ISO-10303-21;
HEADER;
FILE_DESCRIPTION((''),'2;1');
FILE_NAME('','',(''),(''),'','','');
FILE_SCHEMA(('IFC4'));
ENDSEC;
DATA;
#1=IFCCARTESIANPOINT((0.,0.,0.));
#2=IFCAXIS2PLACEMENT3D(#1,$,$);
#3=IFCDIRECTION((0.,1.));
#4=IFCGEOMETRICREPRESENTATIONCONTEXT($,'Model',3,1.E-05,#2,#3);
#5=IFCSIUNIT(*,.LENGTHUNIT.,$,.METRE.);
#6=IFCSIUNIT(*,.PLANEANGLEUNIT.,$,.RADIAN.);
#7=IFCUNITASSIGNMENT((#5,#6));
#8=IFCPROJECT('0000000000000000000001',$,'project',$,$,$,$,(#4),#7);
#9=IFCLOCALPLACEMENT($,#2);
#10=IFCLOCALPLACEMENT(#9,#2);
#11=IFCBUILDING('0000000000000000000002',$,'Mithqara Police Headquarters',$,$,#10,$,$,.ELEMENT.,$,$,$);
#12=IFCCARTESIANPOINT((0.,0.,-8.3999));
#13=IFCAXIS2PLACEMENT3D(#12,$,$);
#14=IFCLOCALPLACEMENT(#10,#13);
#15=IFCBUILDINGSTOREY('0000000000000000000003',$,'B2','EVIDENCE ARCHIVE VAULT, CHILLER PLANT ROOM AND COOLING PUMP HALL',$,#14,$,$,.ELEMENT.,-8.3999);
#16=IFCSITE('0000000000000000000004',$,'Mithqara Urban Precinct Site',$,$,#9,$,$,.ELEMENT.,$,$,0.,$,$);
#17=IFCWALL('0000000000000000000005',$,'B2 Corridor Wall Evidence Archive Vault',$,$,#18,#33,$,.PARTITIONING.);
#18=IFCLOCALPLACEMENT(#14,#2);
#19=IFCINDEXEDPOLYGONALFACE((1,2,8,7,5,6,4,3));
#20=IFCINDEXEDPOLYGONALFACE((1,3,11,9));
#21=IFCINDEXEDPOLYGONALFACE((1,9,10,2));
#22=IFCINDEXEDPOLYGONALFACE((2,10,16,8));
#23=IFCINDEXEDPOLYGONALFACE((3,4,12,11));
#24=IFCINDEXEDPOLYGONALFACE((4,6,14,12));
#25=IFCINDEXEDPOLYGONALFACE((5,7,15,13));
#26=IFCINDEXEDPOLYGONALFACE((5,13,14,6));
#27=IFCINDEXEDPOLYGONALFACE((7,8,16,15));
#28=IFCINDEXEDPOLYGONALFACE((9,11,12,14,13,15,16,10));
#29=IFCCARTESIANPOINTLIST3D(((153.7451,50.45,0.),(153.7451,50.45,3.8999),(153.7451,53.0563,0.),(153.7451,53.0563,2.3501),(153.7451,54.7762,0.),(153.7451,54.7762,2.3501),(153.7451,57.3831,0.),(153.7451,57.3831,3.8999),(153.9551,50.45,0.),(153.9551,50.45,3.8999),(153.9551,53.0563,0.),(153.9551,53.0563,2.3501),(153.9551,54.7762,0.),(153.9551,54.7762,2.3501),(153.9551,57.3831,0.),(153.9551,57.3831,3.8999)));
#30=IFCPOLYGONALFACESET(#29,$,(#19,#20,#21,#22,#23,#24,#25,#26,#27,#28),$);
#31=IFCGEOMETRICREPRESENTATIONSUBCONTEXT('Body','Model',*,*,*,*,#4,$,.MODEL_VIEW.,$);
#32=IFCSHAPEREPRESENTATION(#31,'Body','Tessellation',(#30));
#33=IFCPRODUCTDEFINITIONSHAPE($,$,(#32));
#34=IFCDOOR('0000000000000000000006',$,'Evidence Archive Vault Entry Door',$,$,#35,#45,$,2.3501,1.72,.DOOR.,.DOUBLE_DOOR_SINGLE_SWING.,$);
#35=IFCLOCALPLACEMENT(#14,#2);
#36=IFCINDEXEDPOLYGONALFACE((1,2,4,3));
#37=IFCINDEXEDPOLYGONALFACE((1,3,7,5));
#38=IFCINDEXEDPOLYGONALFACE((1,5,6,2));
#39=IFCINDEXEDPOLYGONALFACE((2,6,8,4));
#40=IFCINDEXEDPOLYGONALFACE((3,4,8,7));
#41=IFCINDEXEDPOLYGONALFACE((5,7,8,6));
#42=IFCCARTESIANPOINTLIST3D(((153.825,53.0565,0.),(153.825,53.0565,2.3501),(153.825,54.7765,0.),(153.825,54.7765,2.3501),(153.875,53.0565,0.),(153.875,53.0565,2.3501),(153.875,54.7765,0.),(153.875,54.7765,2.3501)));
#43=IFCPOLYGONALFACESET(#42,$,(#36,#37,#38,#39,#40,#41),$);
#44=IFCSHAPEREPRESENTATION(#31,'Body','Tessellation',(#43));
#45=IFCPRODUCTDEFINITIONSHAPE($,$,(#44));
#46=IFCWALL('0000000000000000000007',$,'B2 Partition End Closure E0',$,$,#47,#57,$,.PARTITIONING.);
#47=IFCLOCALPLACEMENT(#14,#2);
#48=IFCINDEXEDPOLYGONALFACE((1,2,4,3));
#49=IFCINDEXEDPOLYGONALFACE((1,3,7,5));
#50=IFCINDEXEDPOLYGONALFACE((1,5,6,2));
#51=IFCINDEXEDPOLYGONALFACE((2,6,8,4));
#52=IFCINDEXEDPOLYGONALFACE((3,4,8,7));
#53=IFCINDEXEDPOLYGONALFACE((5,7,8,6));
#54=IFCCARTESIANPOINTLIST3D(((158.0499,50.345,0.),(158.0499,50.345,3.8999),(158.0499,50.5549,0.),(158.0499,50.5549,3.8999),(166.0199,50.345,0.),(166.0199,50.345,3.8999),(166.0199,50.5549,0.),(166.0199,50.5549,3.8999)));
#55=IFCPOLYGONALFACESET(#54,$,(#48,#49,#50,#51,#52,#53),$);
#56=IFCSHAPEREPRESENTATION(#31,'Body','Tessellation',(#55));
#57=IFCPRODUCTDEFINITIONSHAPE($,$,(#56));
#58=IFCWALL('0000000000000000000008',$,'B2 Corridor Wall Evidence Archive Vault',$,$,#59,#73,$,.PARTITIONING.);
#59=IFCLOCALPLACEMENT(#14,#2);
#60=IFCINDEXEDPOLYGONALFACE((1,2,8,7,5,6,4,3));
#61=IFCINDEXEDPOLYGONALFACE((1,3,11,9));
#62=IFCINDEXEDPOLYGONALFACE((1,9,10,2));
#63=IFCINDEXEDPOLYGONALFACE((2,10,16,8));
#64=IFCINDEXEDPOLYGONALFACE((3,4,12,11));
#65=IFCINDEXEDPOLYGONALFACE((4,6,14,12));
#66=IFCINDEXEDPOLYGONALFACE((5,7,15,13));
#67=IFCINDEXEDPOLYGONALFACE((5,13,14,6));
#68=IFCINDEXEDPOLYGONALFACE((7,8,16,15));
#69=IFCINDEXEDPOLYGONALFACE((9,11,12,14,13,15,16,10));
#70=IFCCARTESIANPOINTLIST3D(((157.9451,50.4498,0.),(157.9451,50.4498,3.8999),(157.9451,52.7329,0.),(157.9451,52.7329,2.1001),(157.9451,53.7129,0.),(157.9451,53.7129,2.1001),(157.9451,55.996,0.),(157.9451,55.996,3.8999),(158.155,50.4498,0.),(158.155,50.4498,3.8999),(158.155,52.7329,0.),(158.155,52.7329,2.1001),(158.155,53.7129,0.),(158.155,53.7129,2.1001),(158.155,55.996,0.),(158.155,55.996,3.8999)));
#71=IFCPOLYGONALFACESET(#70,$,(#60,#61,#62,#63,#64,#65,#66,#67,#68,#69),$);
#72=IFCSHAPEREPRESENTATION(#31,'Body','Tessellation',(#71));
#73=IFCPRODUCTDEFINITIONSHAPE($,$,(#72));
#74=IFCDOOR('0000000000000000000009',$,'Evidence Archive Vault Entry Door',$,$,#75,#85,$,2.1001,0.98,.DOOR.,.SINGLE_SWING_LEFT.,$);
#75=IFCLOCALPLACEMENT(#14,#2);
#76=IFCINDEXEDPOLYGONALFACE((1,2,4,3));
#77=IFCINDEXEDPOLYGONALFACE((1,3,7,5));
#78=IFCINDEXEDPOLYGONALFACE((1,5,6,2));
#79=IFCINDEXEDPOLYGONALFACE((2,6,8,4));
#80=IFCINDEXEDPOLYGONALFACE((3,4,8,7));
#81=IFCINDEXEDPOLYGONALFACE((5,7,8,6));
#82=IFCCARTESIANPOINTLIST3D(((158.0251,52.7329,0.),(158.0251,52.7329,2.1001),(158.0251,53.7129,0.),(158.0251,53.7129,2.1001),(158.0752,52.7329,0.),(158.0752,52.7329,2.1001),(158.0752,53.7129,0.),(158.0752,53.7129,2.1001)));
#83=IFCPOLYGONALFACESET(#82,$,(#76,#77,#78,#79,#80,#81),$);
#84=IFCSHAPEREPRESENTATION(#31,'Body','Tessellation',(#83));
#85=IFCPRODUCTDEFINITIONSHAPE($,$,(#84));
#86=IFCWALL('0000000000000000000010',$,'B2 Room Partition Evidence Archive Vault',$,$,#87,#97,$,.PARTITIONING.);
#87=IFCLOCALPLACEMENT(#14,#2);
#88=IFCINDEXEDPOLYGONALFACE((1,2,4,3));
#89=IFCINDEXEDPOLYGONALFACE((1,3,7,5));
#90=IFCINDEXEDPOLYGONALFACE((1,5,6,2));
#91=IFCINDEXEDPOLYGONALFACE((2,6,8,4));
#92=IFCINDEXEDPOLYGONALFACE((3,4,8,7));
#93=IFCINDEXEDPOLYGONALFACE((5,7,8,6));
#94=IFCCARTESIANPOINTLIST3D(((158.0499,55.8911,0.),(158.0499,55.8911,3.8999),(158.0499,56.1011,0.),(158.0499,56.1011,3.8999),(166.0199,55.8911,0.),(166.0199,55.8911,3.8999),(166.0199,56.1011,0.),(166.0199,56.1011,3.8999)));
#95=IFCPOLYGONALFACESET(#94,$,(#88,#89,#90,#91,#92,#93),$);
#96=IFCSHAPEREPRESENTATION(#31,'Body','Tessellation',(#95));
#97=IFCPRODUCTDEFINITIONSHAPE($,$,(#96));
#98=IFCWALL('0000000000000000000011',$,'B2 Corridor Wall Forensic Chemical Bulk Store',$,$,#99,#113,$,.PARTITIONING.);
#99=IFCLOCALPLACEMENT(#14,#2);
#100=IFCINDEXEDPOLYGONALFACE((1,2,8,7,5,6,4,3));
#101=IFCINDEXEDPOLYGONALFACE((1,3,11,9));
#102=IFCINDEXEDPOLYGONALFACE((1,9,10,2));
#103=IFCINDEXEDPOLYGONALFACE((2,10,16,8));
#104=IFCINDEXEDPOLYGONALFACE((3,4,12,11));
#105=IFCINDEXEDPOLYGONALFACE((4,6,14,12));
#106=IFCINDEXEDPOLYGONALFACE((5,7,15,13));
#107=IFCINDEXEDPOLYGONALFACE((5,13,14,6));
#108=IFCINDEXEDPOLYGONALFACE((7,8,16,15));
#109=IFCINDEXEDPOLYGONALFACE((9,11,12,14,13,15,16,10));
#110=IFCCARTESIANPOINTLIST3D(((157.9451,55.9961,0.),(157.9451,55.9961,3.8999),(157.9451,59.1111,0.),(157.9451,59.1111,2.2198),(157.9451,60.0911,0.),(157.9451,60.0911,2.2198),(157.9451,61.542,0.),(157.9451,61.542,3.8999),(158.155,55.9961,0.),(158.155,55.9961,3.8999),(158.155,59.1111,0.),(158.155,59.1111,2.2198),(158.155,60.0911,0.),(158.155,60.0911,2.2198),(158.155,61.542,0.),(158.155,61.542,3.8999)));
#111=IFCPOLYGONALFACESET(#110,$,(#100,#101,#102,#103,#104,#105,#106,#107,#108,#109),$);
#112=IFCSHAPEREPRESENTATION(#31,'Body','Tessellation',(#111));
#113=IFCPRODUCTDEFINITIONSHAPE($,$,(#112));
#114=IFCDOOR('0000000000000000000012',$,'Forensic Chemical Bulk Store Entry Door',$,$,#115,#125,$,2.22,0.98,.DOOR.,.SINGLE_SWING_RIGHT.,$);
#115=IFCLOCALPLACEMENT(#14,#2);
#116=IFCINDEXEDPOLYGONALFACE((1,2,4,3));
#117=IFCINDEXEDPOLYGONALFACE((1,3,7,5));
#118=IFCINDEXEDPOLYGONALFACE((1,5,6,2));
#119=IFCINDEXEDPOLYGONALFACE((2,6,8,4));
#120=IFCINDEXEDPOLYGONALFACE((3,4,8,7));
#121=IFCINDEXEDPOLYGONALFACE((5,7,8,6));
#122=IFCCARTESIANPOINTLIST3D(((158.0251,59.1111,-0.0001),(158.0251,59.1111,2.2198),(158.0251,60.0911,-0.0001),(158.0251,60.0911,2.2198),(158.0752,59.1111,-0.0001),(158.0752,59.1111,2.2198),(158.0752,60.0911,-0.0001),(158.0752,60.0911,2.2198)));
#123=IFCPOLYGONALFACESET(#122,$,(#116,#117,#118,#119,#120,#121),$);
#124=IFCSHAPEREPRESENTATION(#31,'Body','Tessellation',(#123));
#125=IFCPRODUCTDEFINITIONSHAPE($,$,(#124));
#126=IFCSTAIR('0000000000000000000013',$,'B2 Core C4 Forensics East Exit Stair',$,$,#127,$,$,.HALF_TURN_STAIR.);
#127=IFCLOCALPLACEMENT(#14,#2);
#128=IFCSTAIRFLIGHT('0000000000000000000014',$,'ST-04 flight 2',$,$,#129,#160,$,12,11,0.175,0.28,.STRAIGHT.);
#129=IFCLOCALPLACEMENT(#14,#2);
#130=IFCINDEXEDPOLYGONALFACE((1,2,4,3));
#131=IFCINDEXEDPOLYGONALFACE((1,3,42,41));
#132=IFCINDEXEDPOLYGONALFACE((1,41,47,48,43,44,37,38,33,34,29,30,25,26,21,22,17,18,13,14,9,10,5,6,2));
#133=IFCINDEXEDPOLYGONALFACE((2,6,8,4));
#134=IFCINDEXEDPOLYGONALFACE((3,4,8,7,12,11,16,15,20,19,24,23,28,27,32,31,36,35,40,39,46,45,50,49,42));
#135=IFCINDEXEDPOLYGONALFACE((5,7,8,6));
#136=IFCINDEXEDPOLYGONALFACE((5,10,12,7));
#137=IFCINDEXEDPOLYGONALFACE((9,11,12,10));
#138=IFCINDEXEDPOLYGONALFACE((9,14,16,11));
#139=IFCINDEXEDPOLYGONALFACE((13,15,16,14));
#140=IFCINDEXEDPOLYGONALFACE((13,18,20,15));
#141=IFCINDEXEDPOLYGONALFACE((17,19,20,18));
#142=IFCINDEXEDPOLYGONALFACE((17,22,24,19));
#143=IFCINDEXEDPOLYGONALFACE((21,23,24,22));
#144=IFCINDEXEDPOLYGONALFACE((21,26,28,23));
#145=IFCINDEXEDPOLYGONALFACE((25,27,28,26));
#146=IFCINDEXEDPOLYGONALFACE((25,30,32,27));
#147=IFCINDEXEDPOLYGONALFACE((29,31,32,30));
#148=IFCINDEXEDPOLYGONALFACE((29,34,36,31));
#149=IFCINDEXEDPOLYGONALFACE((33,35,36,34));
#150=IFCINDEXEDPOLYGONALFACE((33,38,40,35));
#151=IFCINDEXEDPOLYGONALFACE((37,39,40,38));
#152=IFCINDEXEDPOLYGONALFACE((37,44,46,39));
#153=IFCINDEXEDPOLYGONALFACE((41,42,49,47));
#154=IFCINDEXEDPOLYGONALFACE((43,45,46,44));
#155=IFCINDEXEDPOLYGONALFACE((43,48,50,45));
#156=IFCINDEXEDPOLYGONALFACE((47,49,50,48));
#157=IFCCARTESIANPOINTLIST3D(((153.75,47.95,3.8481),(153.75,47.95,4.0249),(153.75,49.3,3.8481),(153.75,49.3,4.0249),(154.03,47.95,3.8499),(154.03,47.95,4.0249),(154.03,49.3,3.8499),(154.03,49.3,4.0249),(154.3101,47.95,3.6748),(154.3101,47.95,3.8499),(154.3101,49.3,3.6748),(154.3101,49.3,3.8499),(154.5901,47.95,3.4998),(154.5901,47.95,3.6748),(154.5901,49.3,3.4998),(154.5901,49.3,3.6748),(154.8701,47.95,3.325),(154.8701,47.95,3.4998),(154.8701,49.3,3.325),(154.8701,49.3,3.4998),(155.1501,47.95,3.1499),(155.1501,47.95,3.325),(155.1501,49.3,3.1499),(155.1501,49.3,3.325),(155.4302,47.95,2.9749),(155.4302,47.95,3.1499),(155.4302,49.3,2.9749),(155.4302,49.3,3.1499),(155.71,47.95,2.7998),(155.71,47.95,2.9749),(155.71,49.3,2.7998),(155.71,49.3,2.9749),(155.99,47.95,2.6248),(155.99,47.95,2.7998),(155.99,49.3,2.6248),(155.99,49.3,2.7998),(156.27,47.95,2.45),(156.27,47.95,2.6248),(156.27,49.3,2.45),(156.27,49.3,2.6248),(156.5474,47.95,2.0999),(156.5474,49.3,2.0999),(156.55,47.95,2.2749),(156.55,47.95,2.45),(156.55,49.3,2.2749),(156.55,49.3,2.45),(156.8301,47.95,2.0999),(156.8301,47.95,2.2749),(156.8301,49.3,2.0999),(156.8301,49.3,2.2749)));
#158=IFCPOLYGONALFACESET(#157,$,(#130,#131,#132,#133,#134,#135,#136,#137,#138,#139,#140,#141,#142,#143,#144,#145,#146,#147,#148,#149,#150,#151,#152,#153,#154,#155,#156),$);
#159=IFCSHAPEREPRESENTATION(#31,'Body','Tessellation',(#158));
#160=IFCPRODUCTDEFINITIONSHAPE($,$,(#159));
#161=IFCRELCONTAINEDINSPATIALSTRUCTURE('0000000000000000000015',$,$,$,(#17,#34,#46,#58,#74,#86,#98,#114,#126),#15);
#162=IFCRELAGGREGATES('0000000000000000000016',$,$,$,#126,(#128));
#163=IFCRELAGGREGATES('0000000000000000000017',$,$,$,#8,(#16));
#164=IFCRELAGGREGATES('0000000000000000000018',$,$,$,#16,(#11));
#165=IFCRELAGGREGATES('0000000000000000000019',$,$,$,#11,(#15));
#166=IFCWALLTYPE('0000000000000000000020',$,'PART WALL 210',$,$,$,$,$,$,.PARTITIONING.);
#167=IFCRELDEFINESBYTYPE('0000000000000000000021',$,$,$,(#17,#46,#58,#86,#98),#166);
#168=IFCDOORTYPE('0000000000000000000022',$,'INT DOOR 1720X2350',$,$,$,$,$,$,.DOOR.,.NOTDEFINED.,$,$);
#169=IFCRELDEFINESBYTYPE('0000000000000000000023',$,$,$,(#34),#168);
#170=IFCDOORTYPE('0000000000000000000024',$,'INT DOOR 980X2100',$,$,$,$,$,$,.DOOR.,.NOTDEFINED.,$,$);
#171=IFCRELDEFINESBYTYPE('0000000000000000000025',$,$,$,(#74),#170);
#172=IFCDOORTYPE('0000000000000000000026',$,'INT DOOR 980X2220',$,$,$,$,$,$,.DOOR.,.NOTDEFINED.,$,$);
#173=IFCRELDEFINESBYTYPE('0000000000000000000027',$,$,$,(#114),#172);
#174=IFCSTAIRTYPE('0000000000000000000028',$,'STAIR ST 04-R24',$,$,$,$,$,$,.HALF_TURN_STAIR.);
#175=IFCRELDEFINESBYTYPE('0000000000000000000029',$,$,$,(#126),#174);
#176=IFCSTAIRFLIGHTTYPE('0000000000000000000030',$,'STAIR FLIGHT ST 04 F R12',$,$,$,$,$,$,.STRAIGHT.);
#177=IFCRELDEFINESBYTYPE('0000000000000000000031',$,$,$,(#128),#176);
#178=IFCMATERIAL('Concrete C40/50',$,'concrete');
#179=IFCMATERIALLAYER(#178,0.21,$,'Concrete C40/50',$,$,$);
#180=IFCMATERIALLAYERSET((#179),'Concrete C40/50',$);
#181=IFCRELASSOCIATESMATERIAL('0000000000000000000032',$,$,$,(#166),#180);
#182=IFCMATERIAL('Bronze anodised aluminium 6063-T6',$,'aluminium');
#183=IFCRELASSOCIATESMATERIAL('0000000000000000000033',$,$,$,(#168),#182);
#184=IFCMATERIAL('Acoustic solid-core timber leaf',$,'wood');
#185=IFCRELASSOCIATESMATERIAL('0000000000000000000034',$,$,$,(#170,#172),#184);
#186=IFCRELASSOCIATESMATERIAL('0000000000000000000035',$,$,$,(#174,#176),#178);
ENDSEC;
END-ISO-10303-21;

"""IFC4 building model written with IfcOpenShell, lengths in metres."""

from ifc_helpers import new_model, si_unit, direction, frame, frame_2d, origin, place, context, subcontext, project, spatial, polyline, rectangle, outline, extrude, material, layer, layer_set, type_object, element, fill, aggregate, save


model = new_model("IFC4")

# Units and contexts
model_context = context("Model", 3, precision=1e-05, world=origin(), true_north=direction((0.0, 1.0)))
body_context = subcontext(model_context, "Body", "Model", "MODEL_VIEW")
ifc_project = project(units=[si_unit("LENGTHUNIT", "METRE"), si_unit("PLANEANGLEUNIT", "RADIAN")], contexts=[model_context])

# Site, building, storey
site_placement = place(None, origin())
site = spatial("IfcSite", under=ifc_project, at=site_placement, Name="Mithqara Urban Precinct Site", CompositionType="ELEMENT", RefElevation=0.0)
building_placement = place(site_placement, origin())
building = spatial("IfcBuilding", under=site, at=building_placement, Name="Mithqara Police Headquarters", CompositionType="ELEMENT")
storey_placement = place(building_placement, frame((0.0, 0.0, -8.3999)))
storey = spatial("IfcBuildingStorey", under=building, at=storey_placement, Name="B2", Description="EVIDENCE ARCHIVE VAULT, CHILLER PLANT ROOM AND COOLING PUMP HALL", CompositionType="ELEMENT", Elevation=-8.3999)

# Shared definitions
ifc_material_1 = material(Name="Concrete C40/50", Category="concrete")

# Wall, opening, door
ifc_layer = layer(ifc_material_1, 0.21, Name="Concrete C40/50")
ifc_layer_set = layer_set([ifc_layer], Name="Concrete C40/50")
wall_type = type_object("IfcWallType", Name="PART WALL 210", PredefinedType="PARTITIONING", material=ifc_layer_set)
wall_1_placement = place(storey_placement, frame((153.8501, 50.45, 0.0), z_axis=(0.0, 0.0, 1.0), x_axis=(0.0, 1.0, 0.0)))
wall_1 = element("IfcWall", 1, at=wall_1_placement, inside=storey, type_object=wall_type, Name="B2 Corridor Wall Evidence Archive Vault", PredefinedType="PARTITIONING", context=body_context, shape_type="SweptSolid", body=[
    extrude(rectangle(XDim=6.9331, YDim=0.21, at=frame_2d((3.4666, 0.0))), origin(), (0.0, 0.0, 1.0), 3.8999),
])
opening_1_placement = place(wall_1_placement, frame((2.6064, 0.0, 0.0)))
opening_1 = element("IfcOpeningElement", 2, at=opening_1_placement, cuts=wall_1, PredefinedType="OPENING", context=body_context, shape_type="SweptSolid", body=[
    extrude(rectangle(XDim=1.72, YDim=2.3501, at=frame_2d((0.8599, 1.175))), frame((0.0, 0.115, 0.0), z_axis=(0.0, -1.0, 0.0), x_axis=(1.0, 0.0, 0.0)), (0.0, 0.0, 1.0), 0.23),
])
ifc_material_2 = material(Name="Bronze anodised aluminium 6063-T6", Category="aluminium")
door_type_1 = type_object("IfcDoorType", Name="INT DOOR 1720X2350", OperationType="NOTDEFINED", PredefinedType="DOOR", material=ifc_material_2)
door_1_placement = place(opening_1_placement, frame((1.72, 0.0, 0.0), z_axis=(0.0, 0.0, 1.0), x_axis=(-1.0, 0.0, 0.0)))
door_1 = element("IfcDoor", 3, at=door_1_placement, inside=storey, type_object=door_type_1, Name="Evidence Archive Vault Entry Door", OperationType="DOUBLE_DOOR_SINGLE_SWING", OverallHeight=2.3501, OverallWidth=1.72, PredefinedType="DOOR", context=body_context, shape_type="SweptSolid", body=[
    extrude(rectangle(XDim=1.72, YDim=2.3501, at=frame_2d((0.8599, 1.175))), frame((0.0, 0.0249, 0.0), z_axis=(0.0, -1.0, 0.0), x_axis=(1.0, 0.0, 0.0)), (0.0, 0.0, 1.0), 0.05),
])
fill(opening_1, door_1)

# Wall
wall_2_placement = place(storey_placement, frame((158.05, 50.45, 0.0), z_axis=(0.0, 0.0, 1.0), x_axis=(1.0, 0.0, 0.0)))
element("IfcWall", 4, at=wall_2_placement, inside=storey, type_object=wall_type, Name="B2 Partition End Closure E0", PredefinedType="PARTITIONING", context=body_context, shape_type="SweptSolid", body=[
    extrude(rectangle(XDim=7.97, YDim=0.21, at=frame_2d((3.9849, 0.0))), origin(), (0.0, 0.0, 1.0), 3.8999),
])

# Wall, opening, door
wall_3_placement = place(storey_placement, frame((158.05, 50.45, 0.0), z_axis=(0.0, 0.0, 1.0), x_axis=(0.0, 1.0, 0.0)))
wall_3 = element("IfcWall", 5, at=wall_3_placement, inside=storey, type_object=wall_type, Name="B2 Corridor Wall Evidence Archive Vault", PredefinedType="PARTITIONING", context=body_context, shape_type="SweptSolid", body=[
    extrude(rectangle(XDim=5.5461, YDim=0.21, at=frame_2d((2.7729, 0.0))), origin(), (0.0, 0.0, 1.0), 3.8999),
])
opening_2_placement = place(wall_3_placement, frame((2.283, 0.0, 0.0)))
opening_2 = element("IfcOpeningElement", 6, at=opening_2_placement, cuts=wall_3, PredefinedType="OPENING", context=body_context, shape_type="SweptSolid", body=[
    extrude(rectangle(XDim=0.98, YDim=2.1001, at=frame_2d((0.49, 1.05))), frame((0.0, 0.115, 0.0), z_axis=(0.0, -1.0, 0.0), x_axis=(1.0, 0.0, 0.0)), (0.0, 0.0, 1.0), 0.23),
])
ifc_material_3 = material(Name="Acoustic solid-core timber leaf", Category="wood")
door_type_2 = type_object("IfcDoorType", Name="INT DOOR 980X2100", OperationType="NOTDEFINED", PredefinedType="DOOR", material=ifc_material_3)
door_2_placement = place(opening_2_placement, origin())
door_2 = element("IfcDoor", 7, at=door_2_placement, inside=storey, type_object=door_type_2, Name="Evidence Archive Vault Entry Door", OperationType="SINGLE_SWING_LEFT", OverallHeight=2.1001, OverallWidth=0.98, PredefinedType="DOOR", context=body_context, shape_type="SweptSolid", body=[
    extrude(rectangle(XDim=0.98, YDim=2.1001, at=frame_2d((0.49, 1.05))), frame((0.0, 0.0249, 0.0), z_axis=(0.0, -1.0, 0.0), x_axis=(1.0, 0.0, 0.0)), (0.0, 0.0, 1.0), 0.05),
])
fill(opening_2, door_2)

# Wall
wall_4_placement = place(storey_placement, frame((158.05, 55.9961, 0.0), z_axis=(0.0, 0.0, 1.0), x_axis=(1.0, 0.0, 0.0)))
element("IfcWall", 8, at=wall_4_placement, inside=storey, type_object=wall_type, Name="B2 Room Partition Evidence Archive Vault", PredefinedType="PARTITIONING", context=body_context, shape_type="SweptSolid", body=[
    extrude(rectangle(XDim=7.97, YDim=0.21, at=frame_2d((3.9849, 0.0))), origin(), (0.0, 0.0, 1.0), 3.8999),
])

# Wall, opening, door
wall_5_placement = place(storey_placement, frame((158.05, 55.9961, 0.0), z_axis=(0.0, 0.0, 1.0), x_axis=(0.0, 1.0, 0.0)))
wall_5 = element("IfcWall", 9, at=wall_5_placement, inside=storey, type_object=wall_type, Name="B2 Corridor Wall Forensic Chemical Bulk Store", PredefinedType="PARTITIONING", context=body_context, shape_type="SweptSolid", body=[
    extrude(rectangle(XDim=5.5459, YDim=0.21, at=frame_2d((2.7729, 0.0))), origin(), (0.0, 0.0, 1.0), 3.8999),
])
opening_3_placement = place(wall_5_placement, frame((3.115, 0.0, 0.0)))
opening_3 = element("IfcOpeningElement", 10, at=opening_3_placement, cuts=wall_5, PredefinedType="OPENING", context=body_context, shape_type="SweptSolid", body=[
    extrude(rectangle(XDim=0.98, YDim=2.22, at=frame_2d((0.49, 1.1099))), frame((0.0, 0.115, 0.0), z_axis=(0.0, -1.0, 0.0), x_axis=(1.0, 0.0, 0.0)), (0.0, 0.0, 1.0), 0.23),
])
door_type_3 = type_object("IfcDoorType", Name="INT DOOR 980X2220", OperationType="NOTDEFINED", PredefinedType="DOOR", material=ifc_material_3)
door_3_placement = place(opening_3_placement, origin())
door_3 = element("IfcDoor", 11, at=door_3_placement, inside=storey, type_object=door_type_3, Name="Forensic Chemical Bulk Store Entry Door", OperationType="SINGLE_SWING_RIGHT", OverallHeight=2.22, OverallWidth=0.98, PredefinedType="DOOR", context=body_context, shape_type="SweptSolid", body=[
    extrude(rectangle(XDim=0.98, YDim=2.22, at=frame_2d((0.49, 1.1099))), frame((0.0, 0.0249, 0.0), z_axis=(0.0, -1.0, 0.0), x_axis=(1.0, 0.0, 0.0)), (0.0, 0.0, 1.0), 0.05),
])
fill(opening_3, door_3)

# Stair, stair flight
stair_type = type_object("IfcStairType", Name="STAIR ST 04-R24", PredefinedType="HALF_TURN_STAIR", material=ifc_material_1)
stair_placement = place(storey_placement, origin())
stair = element("IfcStair", 12, at=stair_placement, inside=storey, type_object=stair_type, Name="B2 Core C4 Forensics East Exit Stair", PredefinedType="HALF_TURN_STAIR")
stair_flight_type = type_object("IfcStairFlightType", Name="STAIR FLIGHT ST 04 F R12", PredefinedType="STRAIGHT", material=ifc_material_1)
stair_flight_placement = place(storey_placement, frame((156.8301, 48.625, 2.0999), z_axis=(0.0, 0.0, 1.0), x_axis=(-1.0, 0.0, 0.0)))
stair_flight = element("IfcStairFlight", 13, at=stair_flight_placement, type_object=stair_flight_type, Name="ST-04 flight 2", NumberOfRisers=12, NumberOfTreads=11, PredefinedType="STRAIGHT", RiserHeight=0.175, TreadLength=0.28, context=body_context, shape_type="SweptSolid", body=[
    extrude(outline(polyline([(0.0, 0.0), (0.0, 0.175), (0.28, 0.175), (0.28, 0.3501), (0.5601, 0.3501), (0.5601, 0.5249), (0.8401, 0.5249), (0.8401, 0.7), (1.1201, 0.7), (1.1201, 0.875), (1.3999, 0.875), (1.3999, 1.05), (1.6799, 1.05), (1.6799, 1.2251), (1.96, 1.2251), (1.96, 1.3999), (2.24, 1.3999), (2.24, 1.575), (2.52, 1.575), (2.52, 1.75), (2.8, 1.75), (2.8, 1.925), (3.0801, 1.925), (3.0801, 2.1001), (3.0801, 1.7483), (0.2827, 0.0), (0.0, 0.0)])), frame((0.0, 0.675, 0.0), z_axis=(0.0, -1.0, 0.0), x_axis=(1.0, 0.0, 0.0)), (0.0, 0.0, 1.0), 1.3501),
])
aggregate(stair, [stair_flight])

save(model, "model.ifc")
